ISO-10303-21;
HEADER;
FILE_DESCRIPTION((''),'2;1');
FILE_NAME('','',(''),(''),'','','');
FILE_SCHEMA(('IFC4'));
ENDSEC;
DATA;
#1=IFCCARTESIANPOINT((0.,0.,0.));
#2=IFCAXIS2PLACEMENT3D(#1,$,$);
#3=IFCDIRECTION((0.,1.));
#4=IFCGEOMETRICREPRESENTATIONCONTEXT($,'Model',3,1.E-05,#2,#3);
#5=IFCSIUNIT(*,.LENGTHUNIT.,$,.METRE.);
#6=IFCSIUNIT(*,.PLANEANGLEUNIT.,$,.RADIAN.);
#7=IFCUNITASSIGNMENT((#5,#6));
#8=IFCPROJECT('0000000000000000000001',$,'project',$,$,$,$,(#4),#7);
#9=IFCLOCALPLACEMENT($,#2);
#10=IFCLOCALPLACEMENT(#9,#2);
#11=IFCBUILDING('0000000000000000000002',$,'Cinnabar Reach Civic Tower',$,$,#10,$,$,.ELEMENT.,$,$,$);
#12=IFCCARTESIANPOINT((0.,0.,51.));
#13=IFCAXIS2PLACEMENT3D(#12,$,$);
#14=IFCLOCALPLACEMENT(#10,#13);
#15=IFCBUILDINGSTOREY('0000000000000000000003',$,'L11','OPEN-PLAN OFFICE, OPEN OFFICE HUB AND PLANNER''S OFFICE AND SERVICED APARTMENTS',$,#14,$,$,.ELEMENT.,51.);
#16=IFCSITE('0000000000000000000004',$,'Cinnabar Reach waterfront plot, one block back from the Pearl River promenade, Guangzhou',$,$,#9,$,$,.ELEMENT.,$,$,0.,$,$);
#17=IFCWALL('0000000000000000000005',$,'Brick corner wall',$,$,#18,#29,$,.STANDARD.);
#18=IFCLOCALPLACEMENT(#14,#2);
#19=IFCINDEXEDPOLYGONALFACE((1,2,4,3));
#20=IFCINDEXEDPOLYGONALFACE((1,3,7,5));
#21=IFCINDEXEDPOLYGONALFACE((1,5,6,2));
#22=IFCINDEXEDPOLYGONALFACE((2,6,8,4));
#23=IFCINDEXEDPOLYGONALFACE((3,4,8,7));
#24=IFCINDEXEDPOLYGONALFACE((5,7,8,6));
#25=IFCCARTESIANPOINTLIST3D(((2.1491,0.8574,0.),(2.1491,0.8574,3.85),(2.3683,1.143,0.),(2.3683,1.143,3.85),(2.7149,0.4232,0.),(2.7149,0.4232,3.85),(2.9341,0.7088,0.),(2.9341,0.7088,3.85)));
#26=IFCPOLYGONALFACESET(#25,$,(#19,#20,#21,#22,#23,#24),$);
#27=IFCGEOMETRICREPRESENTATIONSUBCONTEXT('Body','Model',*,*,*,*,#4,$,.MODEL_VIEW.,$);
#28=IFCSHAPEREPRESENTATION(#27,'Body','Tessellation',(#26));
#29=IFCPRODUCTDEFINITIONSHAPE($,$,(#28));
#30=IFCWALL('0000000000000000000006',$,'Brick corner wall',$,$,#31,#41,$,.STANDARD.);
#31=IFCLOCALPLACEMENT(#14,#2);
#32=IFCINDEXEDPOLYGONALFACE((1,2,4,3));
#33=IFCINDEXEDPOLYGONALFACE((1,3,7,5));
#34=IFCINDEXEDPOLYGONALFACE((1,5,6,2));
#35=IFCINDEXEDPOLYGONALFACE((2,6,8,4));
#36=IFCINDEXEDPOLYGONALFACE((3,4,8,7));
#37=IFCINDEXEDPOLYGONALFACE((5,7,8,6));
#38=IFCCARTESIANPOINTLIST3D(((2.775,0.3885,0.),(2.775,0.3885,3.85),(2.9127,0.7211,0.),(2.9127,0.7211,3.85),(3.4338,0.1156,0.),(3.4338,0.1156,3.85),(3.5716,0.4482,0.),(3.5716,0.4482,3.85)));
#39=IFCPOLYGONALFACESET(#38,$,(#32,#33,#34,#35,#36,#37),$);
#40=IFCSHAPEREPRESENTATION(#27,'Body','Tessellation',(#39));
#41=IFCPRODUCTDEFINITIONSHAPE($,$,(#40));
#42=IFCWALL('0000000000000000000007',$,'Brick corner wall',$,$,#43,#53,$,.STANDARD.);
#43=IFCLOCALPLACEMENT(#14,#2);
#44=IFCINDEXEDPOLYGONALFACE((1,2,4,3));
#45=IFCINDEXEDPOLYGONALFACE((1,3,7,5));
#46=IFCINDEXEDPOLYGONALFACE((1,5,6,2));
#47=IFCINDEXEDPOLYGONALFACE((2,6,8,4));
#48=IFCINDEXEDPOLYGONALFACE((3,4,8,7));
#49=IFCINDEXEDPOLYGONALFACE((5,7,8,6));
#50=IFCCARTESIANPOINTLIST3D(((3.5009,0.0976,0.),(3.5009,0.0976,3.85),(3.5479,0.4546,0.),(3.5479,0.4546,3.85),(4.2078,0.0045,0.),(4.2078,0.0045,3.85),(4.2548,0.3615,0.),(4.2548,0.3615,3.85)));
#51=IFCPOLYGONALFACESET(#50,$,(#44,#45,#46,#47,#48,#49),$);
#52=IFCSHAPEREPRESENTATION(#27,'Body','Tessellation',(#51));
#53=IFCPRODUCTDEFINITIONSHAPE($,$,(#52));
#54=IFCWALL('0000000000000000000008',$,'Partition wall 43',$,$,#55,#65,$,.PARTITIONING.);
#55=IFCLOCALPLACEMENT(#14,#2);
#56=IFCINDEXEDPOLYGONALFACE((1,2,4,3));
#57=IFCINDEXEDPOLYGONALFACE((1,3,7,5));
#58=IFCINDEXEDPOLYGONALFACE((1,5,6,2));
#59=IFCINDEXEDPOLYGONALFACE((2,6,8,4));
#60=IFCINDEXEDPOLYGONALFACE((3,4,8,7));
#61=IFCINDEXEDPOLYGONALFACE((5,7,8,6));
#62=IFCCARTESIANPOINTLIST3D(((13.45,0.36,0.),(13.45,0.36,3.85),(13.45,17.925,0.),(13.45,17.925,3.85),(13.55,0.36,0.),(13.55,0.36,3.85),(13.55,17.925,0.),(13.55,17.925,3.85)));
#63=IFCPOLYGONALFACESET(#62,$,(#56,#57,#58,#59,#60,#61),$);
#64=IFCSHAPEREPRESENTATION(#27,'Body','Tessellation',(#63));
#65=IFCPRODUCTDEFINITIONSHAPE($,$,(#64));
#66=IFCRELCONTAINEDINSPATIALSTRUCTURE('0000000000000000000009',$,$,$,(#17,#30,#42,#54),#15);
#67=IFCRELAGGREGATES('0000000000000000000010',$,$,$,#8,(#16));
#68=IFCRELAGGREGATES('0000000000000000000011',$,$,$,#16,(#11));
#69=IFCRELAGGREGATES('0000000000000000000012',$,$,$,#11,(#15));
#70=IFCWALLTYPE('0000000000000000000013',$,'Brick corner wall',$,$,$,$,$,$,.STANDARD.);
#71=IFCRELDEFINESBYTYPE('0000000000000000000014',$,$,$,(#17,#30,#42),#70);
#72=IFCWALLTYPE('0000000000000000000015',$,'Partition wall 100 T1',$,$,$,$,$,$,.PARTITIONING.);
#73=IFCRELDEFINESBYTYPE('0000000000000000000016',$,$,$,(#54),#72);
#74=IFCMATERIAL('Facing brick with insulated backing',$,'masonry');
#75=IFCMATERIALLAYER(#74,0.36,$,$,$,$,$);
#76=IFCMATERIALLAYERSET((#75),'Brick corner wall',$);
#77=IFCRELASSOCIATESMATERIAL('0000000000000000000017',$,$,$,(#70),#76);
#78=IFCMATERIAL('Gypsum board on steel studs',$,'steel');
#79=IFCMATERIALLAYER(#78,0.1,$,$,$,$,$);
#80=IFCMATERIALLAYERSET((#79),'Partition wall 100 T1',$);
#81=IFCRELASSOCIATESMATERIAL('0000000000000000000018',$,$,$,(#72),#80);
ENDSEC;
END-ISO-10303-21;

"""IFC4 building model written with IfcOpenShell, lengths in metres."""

from ifc_helpers import new_model, si_unit, direction, frame, frame_2d, origin, place, context, subcontext, project, spatial, rectangle, extrude, material, layer, layer_set, type_object, element, save


model = new_model("IFC4")

# Units and contexts
model_context = context("Model", 3, precision=1e-05, world=origin(), true_north=direction((0.0, 1.0)))
body_context = subcontext(model_context, "Body", "Model", "MODEL_VIEW")
ifc_project = project(units=[si_unit("LENGTHUNIT", "METRE"), si_unit("PLANEANGLEUNIT", "RADIAN")], contexts=[model_context])

# Site, building, storey
site_placement = place(None, origin())
site = spatial("IfcSite", under=ifc_project, at=site_placement, Name="Cinnabar Reach waterfront plot, one block back from the Pearl River promenade, Guangzhou", CompositionType="ELEMENT", RefElevation=0.0)
building_placement = place(site_placement, origin())
building = spatial("IfcBuilding", under=site, at=building_placement, Name="Cinnabar Reach Civic Tower", CompositionType="ELEMENT")
storey_placement = place(building_placement, frame((0.0, 0.0, 51.0)))
storey = spatial("IfcBuildingStorey", under=building, at=storey_placement, Name="L11", Description="OPEN-PLAN OFFICE, OPEN OFFICE HUB AND PLANNER'S OFFICE AND SERVICED APARTMENTS", CompositionType="ELEMENT", Elevation=51.0)

# Walls
ifc_material_1 = material(Name="Facing brick with insulated backing", Category="masonry")
ifc_layer_1 = layer(ifc_material_1, 0.36)
ifc_layer_set_1 = layer_set([ifc_layer_1], Name="Brick corner wall")
wall_type_1 = type_object("IfcWallType", Name="Brick corner wall", PredefinedType="STANDARD", material=ifc_layer_set_1)
wall_1_placement = place(storey_placement, frame((2.2587, 1.0002, 0.0), z_axis=(0.0, 0.0, 1.0), x_axis=(0.793322, -0.608802, 0.0)))
element("IfcWall", 1, at=wall_1_placement, inside=storey, type_object=wall_type_1, Name="Brick corner wall", PredefinedType="STANDARD", context=body_context, shape_type="SweptSolid", body=[
    extrude(rectangle(XDim=0.7132, YDim=0.36, at=frame_2d((0.3566, 0.0))), origin(), (0.0, 0.0, 1.0), 3.85),
])
for number, where, z_axis, x_axis, name in (
    (2, (2.8439, 0.5548, 0.0), (0.0, 0.0, 1.0), (0.923872, -0.382703, 0.0), "Brick corner wall"),
    (3, (3.5244, 0.2761, 0.0), (0.0, 0.0, 1.0), (0.991441, -0.130556, 0.0), "Brick corner wall"),
):
    element("IfcWall", number, at=place(storey_placement, frame(where, z_axis=z_axis, x_axis=x_axis)), inside=storey, type_object=wall_type_1, Name=name, PredefinedType="STANDARD", context=body_context, shape_type="SweptSolid", body=[
        extrude(rectangle(XDim=0.7131, YDim=0.36, at=frame_2d((0.3565, 0.0))), origin(), (0.0, 0.0, 1.0), 3.85),
    ])

# Wall
ifc_material_2 = material(Name="Gypsum board on steel studs", Category="steel")
ifc_layer_2 = layer(ifc_material_2, 0.1)
ifc_layer_set_2 = layer_set([ifc_layer_2], Name="Partition wall 100 T1")
wall_type_2 = type_object("IfcWallType", Name="Partition wall 100 T1", PredefinedType="PARTITIONING", material=ifc_layer_set_2)
wall_2_placement = place(storey_placement, frame((13.5, 0.36, 0.0), z_axis=(0.0, 0.0, 1.0), x_axis=(0.0, 1.0, 0.0)))
element("IfcWall", 4, at=wall_2_placement, inside=storey, type_object=wall_type_2, Name="Partition wall 43", PredefinedType="PARTITIONING", context=body_context, shape_type="SweptSolid", body=[
    extrude(rectangle(XDim=17.565, YDim=0.1, at=frame_2d((8.7825, 0.0))), origin(), (0.0, 0.0, 1.0), 3.85),
])

save(model, "model.ifc")
